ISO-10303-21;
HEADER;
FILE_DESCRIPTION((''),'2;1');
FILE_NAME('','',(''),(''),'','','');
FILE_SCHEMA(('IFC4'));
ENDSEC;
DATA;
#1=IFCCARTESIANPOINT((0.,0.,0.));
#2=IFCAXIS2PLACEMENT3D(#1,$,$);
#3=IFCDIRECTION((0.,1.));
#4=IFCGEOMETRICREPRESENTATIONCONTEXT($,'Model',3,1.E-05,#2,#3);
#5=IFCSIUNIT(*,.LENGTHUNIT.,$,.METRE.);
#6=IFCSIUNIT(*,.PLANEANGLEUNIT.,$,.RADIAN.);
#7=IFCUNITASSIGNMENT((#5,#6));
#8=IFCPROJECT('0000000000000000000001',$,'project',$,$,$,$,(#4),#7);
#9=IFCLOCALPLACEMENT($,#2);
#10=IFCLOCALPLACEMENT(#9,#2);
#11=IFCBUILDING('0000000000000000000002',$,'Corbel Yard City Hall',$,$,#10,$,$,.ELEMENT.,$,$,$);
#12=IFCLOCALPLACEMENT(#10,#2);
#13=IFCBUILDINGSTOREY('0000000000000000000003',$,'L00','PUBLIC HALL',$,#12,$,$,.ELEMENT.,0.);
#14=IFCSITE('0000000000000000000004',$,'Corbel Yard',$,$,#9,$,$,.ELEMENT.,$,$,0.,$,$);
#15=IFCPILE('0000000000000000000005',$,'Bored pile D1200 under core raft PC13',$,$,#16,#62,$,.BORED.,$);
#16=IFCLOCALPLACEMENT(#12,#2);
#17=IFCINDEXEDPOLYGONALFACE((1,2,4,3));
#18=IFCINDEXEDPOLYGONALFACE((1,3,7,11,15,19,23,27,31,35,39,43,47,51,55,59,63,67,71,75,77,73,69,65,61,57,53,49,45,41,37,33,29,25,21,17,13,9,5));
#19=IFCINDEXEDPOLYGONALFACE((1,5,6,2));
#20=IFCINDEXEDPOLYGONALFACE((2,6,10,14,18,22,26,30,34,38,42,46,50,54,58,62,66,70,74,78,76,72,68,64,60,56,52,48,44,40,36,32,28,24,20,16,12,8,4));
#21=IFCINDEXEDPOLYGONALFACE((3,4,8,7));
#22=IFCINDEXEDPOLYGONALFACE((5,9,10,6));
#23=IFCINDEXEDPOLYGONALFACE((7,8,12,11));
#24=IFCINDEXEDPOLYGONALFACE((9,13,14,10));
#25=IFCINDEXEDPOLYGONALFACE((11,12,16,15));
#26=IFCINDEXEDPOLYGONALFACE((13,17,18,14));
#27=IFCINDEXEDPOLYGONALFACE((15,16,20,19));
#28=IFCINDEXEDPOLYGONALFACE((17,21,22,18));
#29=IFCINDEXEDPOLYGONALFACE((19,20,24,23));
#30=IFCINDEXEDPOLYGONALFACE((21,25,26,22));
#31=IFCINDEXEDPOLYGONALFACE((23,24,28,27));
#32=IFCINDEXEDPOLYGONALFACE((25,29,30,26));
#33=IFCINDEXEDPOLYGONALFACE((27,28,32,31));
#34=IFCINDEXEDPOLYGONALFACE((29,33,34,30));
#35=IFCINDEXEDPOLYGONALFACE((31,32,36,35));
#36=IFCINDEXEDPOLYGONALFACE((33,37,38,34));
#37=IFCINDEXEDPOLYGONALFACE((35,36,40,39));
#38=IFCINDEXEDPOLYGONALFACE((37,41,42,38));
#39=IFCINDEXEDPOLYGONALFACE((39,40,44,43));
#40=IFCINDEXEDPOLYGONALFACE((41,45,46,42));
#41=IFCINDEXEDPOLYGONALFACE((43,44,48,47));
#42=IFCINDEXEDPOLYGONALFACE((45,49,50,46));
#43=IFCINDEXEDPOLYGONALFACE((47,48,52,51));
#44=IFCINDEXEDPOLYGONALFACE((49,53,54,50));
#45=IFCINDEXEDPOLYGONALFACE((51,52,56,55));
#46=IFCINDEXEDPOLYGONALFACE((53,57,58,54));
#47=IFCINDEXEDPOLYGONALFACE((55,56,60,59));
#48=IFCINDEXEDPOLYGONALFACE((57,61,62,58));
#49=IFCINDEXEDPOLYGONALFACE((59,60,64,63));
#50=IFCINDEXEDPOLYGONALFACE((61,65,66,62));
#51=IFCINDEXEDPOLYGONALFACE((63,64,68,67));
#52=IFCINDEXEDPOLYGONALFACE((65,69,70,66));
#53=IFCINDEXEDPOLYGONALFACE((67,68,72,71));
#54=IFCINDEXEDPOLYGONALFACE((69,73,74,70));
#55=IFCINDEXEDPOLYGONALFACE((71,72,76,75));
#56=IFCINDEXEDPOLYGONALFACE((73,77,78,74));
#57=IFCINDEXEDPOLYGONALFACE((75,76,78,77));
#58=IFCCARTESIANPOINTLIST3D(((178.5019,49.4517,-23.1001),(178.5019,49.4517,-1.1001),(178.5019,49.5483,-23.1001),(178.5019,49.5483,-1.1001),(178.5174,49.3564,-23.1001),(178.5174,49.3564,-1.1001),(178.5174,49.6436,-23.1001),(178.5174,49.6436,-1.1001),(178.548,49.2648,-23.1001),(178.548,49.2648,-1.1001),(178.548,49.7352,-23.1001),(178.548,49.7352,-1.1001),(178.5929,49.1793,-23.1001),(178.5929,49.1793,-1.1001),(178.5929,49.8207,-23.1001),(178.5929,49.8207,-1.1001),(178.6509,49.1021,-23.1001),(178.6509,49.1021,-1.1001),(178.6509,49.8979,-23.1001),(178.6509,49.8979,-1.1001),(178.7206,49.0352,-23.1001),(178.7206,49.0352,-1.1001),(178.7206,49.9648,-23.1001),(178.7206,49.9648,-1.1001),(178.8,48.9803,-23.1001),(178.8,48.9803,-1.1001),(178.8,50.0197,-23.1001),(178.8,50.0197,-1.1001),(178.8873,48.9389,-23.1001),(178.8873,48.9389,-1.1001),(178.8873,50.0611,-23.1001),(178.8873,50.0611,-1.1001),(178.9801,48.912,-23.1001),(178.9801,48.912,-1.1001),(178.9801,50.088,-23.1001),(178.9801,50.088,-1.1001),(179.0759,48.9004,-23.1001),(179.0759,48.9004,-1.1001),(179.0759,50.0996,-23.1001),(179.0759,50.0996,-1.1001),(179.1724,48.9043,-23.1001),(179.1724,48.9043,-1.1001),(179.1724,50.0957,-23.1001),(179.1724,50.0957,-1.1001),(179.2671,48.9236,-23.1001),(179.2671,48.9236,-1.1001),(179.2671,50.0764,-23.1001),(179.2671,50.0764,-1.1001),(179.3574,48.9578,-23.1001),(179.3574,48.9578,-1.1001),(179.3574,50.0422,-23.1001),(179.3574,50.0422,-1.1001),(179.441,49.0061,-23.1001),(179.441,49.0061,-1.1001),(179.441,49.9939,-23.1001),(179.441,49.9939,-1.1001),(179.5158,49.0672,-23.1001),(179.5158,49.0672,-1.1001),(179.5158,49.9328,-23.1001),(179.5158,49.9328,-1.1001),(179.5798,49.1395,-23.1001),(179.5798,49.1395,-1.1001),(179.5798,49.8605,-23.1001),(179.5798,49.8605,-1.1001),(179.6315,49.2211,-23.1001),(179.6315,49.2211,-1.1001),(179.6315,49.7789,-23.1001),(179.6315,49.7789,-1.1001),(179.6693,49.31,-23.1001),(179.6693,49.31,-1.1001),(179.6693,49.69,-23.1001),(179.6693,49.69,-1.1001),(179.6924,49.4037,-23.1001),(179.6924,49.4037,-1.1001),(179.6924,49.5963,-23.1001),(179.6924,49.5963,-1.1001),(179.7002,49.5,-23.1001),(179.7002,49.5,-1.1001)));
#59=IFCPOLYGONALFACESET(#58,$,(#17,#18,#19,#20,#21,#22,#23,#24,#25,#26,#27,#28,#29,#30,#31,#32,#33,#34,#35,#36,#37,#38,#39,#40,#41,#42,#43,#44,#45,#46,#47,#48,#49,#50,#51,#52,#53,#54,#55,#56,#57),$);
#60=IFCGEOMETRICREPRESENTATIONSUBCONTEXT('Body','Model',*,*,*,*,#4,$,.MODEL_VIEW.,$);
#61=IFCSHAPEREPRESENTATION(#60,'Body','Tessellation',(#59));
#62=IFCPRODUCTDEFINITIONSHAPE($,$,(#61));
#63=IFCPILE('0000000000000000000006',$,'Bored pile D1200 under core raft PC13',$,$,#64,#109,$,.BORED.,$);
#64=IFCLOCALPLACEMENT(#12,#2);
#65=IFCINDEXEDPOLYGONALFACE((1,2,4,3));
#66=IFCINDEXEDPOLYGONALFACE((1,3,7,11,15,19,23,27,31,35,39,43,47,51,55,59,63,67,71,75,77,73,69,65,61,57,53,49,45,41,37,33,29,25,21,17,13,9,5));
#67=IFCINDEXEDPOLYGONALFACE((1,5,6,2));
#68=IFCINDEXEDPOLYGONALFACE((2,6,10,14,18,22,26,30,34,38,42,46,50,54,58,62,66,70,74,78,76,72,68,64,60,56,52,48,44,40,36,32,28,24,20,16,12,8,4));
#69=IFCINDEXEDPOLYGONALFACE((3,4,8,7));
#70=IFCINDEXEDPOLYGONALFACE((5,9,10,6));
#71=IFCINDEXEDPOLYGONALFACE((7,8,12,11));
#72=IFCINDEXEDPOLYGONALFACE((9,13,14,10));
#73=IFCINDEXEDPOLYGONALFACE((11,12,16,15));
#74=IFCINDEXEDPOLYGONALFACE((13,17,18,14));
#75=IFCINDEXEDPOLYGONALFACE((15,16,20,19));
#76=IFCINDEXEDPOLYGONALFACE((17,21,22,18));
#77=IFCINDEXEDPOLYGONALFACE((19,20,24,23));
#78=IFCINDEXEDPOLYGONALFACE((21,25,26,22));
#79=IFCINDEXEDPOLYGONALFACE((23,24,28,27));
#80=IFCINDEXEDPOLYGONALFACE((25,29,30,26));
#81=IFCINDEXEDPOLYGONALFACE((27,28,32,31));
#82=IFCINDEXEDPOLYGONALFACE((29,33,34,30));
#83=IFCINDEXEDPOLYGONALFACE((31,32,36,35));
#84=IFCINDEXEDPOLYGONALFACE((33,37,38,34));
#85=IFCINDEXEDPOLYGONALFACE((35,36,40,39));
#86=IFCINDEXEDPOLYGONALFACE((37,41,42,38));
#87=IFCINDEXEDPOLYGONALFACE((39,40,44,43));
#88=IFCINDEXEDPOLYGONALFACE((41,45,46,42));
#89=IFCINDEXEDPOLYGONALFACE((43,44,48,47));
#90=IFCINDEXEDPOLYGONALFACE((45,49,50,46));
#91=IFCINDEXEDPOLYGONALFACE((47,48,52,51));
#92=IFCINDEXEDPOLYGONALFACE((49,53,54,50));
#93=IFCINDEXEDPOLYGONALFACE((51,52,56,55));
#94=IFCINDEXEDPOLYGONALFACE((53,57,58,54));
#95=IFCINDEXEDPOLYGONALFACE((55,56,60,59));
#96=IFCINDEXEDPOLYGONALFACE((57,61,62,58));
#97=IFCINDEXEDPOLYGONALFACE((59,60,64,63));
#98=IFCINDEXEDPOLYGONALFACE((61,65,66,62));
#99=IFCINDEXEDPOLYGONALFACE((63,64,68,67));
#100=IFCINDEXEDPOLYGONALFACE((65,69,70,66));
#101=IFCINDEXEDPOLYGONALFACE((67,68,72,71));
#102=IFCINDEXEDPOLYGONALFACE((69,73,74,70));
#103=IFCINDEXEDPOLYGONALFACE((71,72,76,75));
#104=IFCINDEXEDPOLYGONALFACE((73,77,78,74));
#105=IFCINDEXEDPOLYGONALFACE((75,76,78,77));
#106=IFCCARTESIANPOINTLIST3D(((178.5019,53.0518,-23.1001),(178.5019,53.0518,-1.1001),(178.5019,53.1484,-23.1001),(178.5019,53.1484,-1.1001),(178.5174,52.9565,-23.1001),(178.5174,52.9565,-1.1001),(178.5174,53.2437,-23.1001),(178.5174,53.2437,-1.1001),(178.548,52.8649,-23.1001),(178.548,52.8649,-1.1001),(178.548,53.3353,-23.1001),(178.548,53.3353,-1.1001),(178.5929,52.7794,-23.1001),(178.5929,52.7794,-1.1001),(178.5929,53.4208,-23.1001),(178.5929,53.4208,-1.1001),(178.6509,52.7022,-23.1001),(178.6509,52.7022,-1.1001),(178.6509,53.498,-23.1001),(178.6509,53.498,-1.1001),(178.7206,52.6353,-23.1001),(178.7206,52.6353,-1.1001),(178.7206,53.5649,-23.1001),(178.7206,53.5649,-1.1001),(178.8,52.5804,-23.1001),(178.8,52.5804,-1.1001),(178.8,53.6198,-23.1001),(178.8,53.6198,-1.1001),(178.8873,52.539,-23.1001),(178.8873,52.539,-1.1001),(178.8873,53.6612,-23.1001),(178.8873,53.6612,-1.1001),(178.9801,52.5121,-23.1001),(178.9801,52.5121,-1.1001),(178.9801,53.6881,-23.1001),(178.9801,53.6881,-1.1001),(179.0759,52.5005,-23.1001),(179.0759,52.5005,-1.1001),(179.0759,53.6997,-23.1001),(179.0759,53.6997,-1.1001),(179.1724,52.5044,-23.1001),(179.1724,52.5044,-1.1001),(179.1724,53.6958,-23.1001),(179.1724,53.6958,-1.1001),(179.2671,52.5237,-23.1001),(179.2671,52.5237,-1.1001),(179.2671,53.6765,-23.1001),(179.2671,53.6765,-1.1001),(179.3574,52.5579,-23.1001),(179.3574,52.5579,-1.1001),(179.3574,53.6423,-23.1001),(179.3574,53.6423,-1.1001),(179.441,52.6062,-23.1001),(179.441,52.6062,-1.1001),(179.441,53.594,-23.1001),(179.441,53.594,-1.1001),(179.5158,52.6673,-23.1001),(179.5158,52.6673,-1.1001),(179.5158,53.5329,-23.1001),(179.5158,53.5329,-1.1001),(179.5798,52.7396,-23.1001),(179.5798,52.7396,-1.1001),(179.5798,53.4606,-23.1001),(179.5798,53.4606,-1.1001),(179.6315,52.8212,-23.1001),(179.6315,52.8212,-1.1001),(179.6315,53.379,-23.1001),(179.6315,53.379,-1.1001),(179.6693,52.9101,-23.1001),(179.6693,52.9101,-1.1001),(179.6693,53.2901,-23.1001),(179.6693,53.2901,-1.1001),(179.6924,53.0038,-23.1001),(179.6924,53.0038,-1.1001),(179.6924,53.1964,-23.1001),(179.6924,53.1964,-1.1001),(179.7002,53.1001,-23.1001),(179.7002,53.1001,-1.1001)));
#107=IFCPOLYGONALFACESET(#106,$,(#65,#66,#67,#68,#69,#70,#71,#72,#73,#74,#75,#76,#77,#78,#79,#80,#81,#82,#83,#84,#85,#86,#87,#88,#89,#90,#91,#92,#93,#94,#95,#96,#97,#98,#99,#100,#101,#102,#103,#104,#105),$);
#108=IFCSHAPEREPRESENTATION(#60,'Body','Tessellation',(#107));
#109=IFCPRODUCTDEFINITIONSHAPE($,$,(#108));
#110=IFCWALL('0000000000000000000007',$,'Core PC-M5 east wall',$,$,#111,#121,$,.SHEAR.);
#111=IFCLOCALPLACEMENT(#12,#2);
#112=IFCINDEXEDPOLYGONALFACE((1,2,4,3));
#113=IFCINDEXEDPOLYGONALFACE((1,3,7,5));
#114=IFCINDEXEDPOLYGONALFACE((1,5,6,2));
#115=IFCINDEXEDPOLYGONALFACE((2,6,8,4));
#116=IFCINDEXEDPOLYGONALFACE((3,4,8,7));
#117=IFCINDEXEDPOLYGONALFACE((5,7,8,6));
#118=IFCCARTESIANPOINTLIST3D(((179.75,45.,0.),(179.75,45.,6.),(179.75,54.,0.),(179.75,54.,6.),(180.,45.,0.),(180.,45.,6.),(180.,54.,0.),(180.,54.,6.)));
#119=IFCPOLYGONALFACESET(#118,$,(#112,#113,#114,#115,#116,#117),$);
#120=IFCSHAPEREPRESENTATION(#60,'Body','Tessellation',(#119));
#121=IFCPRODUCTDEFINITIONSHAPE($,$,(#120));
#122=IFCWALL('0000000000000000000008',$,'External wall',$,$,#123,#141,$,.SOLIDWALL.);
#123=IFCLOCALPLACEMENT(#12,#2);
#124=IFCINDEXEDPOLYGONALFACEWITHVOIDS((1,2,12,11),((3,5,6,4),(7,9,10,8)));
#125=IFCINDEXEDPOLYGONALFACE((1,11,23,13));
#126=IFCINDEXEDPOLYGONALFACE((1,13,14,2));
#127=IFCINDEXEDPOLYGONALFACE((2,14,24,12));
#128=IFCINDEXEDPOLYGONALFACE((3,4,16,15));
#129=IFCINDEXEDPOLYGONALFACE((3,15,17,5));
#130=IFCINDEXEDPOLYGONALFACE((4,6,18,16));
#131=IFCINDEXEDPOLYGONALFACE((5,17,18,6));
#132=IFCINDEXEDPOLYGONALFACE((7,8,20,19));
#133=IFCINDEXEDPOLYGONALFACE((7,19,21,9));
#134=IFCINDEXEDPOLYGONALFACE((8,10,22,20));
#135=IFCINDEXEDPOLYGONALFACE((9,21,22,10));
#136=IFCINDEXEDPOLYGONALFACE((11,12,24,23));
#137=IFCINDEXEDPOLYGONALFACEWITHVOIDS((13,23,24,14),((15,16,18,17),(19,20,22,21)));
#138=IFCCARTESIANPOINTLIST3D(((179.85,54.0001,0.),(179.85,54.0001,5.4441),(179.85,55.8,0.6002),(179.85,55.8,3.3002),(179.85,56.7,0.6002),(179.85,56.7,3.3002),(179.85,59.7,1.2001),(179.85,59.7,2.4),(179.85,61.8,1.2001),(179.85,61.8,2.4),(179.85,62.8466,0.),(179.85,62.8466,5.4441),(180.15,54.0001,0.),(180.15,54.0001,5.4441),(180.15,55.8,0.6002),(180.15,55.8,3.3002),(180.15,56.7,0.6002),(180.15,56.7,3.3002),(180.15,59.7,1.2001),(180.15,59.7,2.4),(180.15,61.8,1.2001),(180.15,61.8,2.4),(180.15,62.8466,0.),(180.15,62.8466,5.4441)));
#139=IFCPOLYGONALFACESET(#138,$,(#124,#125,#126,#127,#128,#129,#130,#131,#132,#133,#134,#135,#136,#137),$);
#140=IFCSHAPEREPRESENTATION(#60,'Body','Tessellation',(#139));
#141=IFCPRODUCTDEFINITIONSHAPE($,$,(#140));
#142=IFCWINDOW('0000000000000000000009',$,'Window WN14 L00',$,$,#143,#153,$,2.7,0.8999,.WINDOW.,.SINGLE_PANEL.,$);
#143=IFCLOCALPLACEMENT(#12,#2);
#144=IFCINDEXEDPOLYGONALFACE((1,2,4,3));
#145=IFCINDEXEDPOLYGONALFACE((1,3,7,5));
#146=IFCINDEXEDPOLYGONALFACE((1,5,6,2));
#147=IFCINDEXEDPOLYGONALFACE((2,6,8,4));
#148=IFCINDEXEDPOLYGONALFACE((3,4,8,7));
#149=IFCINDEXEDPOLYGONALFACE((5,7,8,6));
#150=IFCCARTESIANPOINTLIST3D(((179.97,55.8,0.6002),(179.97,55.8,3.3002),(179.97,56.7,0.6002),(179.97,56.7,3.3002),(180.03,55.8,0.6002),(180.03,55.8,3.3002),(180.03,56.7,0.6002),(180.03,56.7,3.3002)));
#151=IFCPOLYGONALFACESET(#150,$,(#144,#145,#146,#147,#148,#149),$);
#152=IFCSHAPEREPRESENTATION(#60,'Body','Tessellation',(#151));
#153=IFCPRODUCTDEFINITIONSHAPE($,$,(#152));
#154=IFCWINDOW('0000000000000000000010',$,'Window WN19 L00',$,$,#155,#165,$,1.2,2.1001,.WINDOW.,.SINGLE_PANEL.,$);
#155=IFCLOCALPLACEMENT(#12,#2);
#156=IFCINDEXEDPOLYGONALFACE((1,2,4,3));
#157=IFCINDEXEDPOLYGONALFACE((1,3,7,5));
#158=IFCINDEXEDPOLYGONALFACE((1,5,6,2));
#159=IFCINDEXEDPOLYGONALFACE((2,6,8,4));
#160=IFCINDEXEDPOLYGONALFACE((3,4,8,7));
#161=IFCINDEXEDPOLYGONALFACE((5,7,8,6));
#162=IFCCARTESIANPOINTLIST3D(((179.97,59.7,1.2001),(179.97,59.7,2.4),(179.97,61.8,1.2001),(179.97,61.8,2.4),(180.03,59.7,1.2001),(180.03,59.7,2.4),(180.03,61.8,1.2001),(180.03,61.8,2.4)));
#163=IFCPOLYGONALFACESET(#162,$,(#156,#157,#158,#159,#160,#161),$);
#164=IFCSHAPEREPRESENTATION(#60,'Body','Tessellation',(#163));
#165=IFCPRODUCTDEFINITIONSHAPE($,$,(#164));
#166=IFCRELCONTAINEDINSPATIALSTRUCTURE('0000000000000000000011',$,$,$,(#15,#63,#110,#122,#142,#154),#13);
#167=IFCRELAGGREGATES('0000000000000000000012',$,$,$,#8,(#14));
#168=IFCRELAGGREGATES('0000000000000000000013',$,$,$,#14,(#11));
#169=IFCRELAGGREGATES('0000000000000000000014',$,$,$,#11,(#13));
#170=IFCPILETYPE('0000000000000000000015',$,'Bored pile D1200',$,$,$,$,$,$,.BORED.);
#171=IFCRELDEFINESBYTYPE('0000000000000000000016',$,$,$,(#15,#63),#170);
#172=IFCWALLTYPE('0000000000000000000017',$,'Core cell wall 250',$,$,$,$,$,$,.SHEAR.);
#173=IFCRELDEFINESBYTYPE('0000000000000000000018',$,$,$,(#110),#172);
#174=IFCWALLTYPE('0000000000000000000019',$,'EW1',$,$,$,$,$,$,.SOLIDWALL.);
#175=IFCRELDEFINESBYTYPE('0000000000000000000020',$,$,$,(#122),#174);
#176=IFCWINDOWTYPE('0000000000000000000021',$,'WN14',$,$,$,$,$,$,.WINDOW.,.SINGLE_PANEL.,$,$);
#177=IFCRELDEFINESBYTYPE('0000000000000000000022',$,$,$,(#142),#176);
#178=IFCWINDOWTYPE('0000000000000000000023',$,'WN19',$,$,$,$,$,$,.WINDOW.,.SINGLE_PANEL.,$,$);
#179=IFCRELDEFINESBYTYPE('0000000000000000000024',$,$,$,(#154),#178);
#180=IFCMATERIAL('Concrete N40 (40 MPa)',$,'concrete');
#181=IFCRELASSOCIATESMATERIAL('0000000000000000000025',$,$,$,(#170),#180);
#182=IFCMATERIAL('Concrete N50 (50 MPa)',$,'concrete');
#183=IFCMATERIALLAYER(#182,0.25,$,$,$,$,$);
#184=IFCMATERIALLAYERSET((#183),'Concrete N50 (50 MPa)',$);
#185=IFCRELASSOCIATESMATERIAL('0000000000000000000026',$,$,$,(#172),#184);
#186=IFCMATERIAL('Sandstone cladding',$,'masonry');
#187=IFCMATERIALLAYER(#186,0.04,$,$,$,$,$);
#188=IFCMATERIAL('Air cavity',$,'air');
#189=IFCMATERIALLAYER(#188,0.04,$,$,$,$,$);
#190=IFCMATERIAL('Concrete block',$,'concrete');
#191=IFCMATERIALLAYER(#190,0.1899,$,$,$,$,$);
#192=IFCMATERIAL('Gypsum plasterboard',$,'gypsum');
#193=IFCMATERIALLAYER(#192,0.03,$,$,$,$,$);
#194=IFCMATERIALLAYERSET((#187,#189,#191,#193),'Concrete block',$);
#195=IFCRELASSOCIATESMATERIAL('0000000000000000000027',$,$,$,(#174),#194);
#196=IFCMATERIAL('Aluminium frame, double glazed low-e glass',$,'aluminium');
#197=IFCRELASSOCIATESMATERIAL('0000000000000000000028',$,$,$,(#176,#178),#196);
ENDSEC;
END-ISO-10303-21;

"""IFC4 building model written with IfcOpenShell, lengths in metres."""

from ifc_helpers import new_model, si_unit, direction, frame, frame_2d, origin, origin_2d, place, context, subcontext, project, spatial, rectangle, circle, extrude, material, layer, layer_set, material_profile, profile_set, type_object, element, fill, save


model = new_model("IFC4")

# Units and contexts
model_context = context("Model", 3, precision=1e-05, world=origin(), true_north=direction((0.0, 1.0)))
body_context = subcontext(model_context, "Body", "Model", "MODEL_VIEW")
ifc_project = project(units=[si_unit("LENGTHUNIT", "METRE"), si_unit("PLANEANGLEUNIT", "RADIAN")], contexts=[model_context])

# Site, building, storey
site_placement = place(None, origin())
site = spatial("IfcSite", under=ifc_project, at=site_placement, Name="Corbel Yard", CompositionType="ELEMENT", RefElevation=0.0)
building_placement = place(site_placement, origin())
building = spatial("IfcBuilding", under=site, at=building_placement, Name="Corbel Yard City Hall", CompositionType="ELEMENT")
storey_placement = place(building_placement, origin())
storey = spatial("IfcBuildingStorey", under=building, at=storey_placement, Name="L00", Description="PUBLIC HALL", CompositionType="ELEMENT", Elevation=0.0)

# Piles
ifc_material_1 = material(Name="Concrete N40 (40 MPa)", Category="concrete")
ifc_material_profile = material_profile(ifc_material_1, circle(Radius=0.6001, at=origin_2d()), Name="D1200")
ifc_profile_set = profile_set([ifc_material_profile], Name="Concrete N40 (40 MPa)")
pile_type = type_object("IfcPileType", Name="Bored pile D1200", PredefinedType="BORED", material=ifc_profile_set)
for number, where, z_axis, x_axis, name in (
    (1, (179.1001, 49.5, -1.1001), (0.0, 0.0, -1.0), (1.0, 0.0, 0.0), "Bored pile D1200 under core raft PC13"),
    (2, (179.1001, 53.1001, -1.1001), (0.0, 0.0, -1.0), (1.0, 0.0, 0.0), "Bored pile D1200 under core raft PC13"),
):
    element("IfcPile", number, at=place(storey_placement, frame(where, z_axis=z_axis, x_axis=x_axis)), inside=storey, type_object=pile_type, Name=name, PredefinedType="BORED", context=body_context, shape_type="SweptSolid", body=[
        extrude(circle(Radius=0.6001, at=origin_2d()), origin(), (0.0, 0.0, 1.0), 22.0),
    ])

# Wall
ifc_material_2 = material(Name="Concrete N50 (50 MPa)", Category="concrete")
ifc_layer_1 = layer(ifc_material_2, 0.25)
ifc_layer_set_1 = layer_set([ifc_layer_1], Name="Concrete N50 (50 MPa)")
wall_type_1 = type_object("IfcWallType", Name="Core cell wall 250", PredefinedType="SHEAR", material=ifc_layer_set_1)
wall_1_placement = place(storey_placement, frame((179.875, 45.0, 0.0), z_axis=(0.0, 0.0, 1.0), x_axis=(0.0, 1.0, 0.0)))
element("IfcWall", 3, at=wall_1_placement, inside=storey, type_object=wall_type_1, Name="Core PC-M5 east wall", PredefinedType="SHEAR", context=body_context, shape_type="SweptSolid", body=[
    extrude(rectangle(XDim=9.0, YDim=0.25, at=frame_2d((4.5, 0.0))), origin(), (0.0, 0.0, 1.0), 6.0),
])

# Wall, openings, windows
ifc_material_3 = material(Name="Sandstone cladding", Category="masonry")
ifc_layer_2 = layer(ifc_material_3, 0.04)
ifc_material_4 = material(Name="Air cavity", Category="air")
ifc_layer_3 = layer(ifc_material_4, 0.04)
ifc_material_5 = material(Name="Concrete block", Category="concrete")
ifc_layer_4 = layer(ifc_material_5, 0.1899)
ifc_material_6 = material(Name="Gypsum plasterboard", Category="gypsum")
ifc_layer_5 = layer(ifc_material_6, 0.03)
ifc_layer_set_2 = layer_set([ifc_layer_2, ifc_layer_3, ifc_layer_4, ifc_layer_5], Name="Concrete block")
wall_type_2 = type_object("IfcWallType", Name="EW1", PredefinedType="SOLIDWALL", material=ifc_layer_set_2)
wall_2_placement = place(storey_placement, frame((180.0, 54.0, 0.0), z_axis=(0.0, 0.0, 1.0), x_axis=(0.0, 1.0, 0.0)))
wall_2 = element("IfcWall", 4, at=wall_2_placement, inside=storey, type_object=wall_type_2, Name="External wall", PredefinedType="SOLIDWALL", context=body_context, shape_type="SweptSolid", body=[
    extrude(rectangle(XDim=8.8464, YDim=0.3, at=frame_2d((4.4233, 0.0))), origin(), (0.0, 0.0, 1.0), 5.4441),
])
opening_1_placement = place(wall_2_placement, frame((1.8, 0.0, 0.6001)))
opening_1 = element("IfcOpeningElement", 5, at=opening_1_placement, cuts=wall_2, PredefinedType="OPENING", context=body_context, shape_type="SweptSolid", body=[
    extrude(rectangle(XDim=0.8999, YDim=2.7, at=frame_2d((0.45, 1.3501))), frame((0.0, 0.1599, 0.0), z_axis=(0.0, -1.0, 0.0), x_axis=(1.0, 0.0, 0.0)), (0.0, 0.0, 1.0), 0.3201),
])
opening_2_placement = place(wall_2_placement, frame((5.7, 0.0, 1.2)))
opening_2 = element("IfcOpeningElement", 6, at=opening_2_placement, cuts=wall_2, PredefinedType="OPENING", context=body_context, shape_type="SweptSolid", body=[
    extrude(rectangle(XDim=2.1001, YDim=1.2, at=frame_2d((1.05, 0.6001))), frame((0.0, 0.1599, 0.0), z_axis=(0.0, -1.0, 0.0), x_axis=(1.0, 0.0, 0.0)), (0.0, 0.0, 1.0), 0.3201),
])
ifc_material_7 = material(Name="Aluminium frame, double glazed low-e glass", Category="aluminium")
window_type_1 = type_object("IfcWindowType", Name="WN14", PartitioningType="SINGLE_PANEL", PredefinedType="WINDOW", material=ifc_material_7)
window_1_placement = place(opening_1_placement, origin())
window_1 = element("IfcWindow", 7, at=window_1_placement, inside=storey, type_object=window_type_1, Name="Window WN14 L00", OverallHeight=2.7, OverallWidth=0.8999, PartitioningType="SINGLE_PANEL", PredefinedType="WINDOW", context=body_context, shape_type="SweptSolid", body=[
    extrude(rectangle(XDim=0.8999, YDim=2.7, at=frame_2d((0.45, 1.3501))), frame((0.0, 0.03, 0.0), z_axis=(0.0, -1.0, 0.0), x_axis=(1.0, 0.0, 0.0)), (0.0, 0.0, 1.0), 0.0601),
])
fill(opening_1, window_1)
window_type_2 = type_object("IfcWindowType", Name="WN19", PartitioningType="SINGLE_PANEL", PredefinedType="WINDOW", material=ifc_material_7)
window_2_placement = place(opening_2_placement, origin())
window_2 = element("IfcWindow", 8, at=window_2_placement, inside=storey, type_object=window_type_2, Name="Window WN19 L00", OverallHeight=1.2, OverallWidth=2.1001, PartitioningType="SINGLE_PANEL", PredefinedType="WINDOW", context=body_context, shape_type="SweptSolid", body=[
    extrude(rectangle(XDim=2.1001, YDim=1.2, at=frame_2d((1.05, 0.6001))), frame((0.0, 0.03, 0.0), z_axis=(0.0, -1.0, 0.0), x_axis=(1.0, 0.0, 0.0)), (0.0, 0.0, 1.0), 0.0601),
])
fill(opening_2, window_2)

save(model, "model.ifc")
